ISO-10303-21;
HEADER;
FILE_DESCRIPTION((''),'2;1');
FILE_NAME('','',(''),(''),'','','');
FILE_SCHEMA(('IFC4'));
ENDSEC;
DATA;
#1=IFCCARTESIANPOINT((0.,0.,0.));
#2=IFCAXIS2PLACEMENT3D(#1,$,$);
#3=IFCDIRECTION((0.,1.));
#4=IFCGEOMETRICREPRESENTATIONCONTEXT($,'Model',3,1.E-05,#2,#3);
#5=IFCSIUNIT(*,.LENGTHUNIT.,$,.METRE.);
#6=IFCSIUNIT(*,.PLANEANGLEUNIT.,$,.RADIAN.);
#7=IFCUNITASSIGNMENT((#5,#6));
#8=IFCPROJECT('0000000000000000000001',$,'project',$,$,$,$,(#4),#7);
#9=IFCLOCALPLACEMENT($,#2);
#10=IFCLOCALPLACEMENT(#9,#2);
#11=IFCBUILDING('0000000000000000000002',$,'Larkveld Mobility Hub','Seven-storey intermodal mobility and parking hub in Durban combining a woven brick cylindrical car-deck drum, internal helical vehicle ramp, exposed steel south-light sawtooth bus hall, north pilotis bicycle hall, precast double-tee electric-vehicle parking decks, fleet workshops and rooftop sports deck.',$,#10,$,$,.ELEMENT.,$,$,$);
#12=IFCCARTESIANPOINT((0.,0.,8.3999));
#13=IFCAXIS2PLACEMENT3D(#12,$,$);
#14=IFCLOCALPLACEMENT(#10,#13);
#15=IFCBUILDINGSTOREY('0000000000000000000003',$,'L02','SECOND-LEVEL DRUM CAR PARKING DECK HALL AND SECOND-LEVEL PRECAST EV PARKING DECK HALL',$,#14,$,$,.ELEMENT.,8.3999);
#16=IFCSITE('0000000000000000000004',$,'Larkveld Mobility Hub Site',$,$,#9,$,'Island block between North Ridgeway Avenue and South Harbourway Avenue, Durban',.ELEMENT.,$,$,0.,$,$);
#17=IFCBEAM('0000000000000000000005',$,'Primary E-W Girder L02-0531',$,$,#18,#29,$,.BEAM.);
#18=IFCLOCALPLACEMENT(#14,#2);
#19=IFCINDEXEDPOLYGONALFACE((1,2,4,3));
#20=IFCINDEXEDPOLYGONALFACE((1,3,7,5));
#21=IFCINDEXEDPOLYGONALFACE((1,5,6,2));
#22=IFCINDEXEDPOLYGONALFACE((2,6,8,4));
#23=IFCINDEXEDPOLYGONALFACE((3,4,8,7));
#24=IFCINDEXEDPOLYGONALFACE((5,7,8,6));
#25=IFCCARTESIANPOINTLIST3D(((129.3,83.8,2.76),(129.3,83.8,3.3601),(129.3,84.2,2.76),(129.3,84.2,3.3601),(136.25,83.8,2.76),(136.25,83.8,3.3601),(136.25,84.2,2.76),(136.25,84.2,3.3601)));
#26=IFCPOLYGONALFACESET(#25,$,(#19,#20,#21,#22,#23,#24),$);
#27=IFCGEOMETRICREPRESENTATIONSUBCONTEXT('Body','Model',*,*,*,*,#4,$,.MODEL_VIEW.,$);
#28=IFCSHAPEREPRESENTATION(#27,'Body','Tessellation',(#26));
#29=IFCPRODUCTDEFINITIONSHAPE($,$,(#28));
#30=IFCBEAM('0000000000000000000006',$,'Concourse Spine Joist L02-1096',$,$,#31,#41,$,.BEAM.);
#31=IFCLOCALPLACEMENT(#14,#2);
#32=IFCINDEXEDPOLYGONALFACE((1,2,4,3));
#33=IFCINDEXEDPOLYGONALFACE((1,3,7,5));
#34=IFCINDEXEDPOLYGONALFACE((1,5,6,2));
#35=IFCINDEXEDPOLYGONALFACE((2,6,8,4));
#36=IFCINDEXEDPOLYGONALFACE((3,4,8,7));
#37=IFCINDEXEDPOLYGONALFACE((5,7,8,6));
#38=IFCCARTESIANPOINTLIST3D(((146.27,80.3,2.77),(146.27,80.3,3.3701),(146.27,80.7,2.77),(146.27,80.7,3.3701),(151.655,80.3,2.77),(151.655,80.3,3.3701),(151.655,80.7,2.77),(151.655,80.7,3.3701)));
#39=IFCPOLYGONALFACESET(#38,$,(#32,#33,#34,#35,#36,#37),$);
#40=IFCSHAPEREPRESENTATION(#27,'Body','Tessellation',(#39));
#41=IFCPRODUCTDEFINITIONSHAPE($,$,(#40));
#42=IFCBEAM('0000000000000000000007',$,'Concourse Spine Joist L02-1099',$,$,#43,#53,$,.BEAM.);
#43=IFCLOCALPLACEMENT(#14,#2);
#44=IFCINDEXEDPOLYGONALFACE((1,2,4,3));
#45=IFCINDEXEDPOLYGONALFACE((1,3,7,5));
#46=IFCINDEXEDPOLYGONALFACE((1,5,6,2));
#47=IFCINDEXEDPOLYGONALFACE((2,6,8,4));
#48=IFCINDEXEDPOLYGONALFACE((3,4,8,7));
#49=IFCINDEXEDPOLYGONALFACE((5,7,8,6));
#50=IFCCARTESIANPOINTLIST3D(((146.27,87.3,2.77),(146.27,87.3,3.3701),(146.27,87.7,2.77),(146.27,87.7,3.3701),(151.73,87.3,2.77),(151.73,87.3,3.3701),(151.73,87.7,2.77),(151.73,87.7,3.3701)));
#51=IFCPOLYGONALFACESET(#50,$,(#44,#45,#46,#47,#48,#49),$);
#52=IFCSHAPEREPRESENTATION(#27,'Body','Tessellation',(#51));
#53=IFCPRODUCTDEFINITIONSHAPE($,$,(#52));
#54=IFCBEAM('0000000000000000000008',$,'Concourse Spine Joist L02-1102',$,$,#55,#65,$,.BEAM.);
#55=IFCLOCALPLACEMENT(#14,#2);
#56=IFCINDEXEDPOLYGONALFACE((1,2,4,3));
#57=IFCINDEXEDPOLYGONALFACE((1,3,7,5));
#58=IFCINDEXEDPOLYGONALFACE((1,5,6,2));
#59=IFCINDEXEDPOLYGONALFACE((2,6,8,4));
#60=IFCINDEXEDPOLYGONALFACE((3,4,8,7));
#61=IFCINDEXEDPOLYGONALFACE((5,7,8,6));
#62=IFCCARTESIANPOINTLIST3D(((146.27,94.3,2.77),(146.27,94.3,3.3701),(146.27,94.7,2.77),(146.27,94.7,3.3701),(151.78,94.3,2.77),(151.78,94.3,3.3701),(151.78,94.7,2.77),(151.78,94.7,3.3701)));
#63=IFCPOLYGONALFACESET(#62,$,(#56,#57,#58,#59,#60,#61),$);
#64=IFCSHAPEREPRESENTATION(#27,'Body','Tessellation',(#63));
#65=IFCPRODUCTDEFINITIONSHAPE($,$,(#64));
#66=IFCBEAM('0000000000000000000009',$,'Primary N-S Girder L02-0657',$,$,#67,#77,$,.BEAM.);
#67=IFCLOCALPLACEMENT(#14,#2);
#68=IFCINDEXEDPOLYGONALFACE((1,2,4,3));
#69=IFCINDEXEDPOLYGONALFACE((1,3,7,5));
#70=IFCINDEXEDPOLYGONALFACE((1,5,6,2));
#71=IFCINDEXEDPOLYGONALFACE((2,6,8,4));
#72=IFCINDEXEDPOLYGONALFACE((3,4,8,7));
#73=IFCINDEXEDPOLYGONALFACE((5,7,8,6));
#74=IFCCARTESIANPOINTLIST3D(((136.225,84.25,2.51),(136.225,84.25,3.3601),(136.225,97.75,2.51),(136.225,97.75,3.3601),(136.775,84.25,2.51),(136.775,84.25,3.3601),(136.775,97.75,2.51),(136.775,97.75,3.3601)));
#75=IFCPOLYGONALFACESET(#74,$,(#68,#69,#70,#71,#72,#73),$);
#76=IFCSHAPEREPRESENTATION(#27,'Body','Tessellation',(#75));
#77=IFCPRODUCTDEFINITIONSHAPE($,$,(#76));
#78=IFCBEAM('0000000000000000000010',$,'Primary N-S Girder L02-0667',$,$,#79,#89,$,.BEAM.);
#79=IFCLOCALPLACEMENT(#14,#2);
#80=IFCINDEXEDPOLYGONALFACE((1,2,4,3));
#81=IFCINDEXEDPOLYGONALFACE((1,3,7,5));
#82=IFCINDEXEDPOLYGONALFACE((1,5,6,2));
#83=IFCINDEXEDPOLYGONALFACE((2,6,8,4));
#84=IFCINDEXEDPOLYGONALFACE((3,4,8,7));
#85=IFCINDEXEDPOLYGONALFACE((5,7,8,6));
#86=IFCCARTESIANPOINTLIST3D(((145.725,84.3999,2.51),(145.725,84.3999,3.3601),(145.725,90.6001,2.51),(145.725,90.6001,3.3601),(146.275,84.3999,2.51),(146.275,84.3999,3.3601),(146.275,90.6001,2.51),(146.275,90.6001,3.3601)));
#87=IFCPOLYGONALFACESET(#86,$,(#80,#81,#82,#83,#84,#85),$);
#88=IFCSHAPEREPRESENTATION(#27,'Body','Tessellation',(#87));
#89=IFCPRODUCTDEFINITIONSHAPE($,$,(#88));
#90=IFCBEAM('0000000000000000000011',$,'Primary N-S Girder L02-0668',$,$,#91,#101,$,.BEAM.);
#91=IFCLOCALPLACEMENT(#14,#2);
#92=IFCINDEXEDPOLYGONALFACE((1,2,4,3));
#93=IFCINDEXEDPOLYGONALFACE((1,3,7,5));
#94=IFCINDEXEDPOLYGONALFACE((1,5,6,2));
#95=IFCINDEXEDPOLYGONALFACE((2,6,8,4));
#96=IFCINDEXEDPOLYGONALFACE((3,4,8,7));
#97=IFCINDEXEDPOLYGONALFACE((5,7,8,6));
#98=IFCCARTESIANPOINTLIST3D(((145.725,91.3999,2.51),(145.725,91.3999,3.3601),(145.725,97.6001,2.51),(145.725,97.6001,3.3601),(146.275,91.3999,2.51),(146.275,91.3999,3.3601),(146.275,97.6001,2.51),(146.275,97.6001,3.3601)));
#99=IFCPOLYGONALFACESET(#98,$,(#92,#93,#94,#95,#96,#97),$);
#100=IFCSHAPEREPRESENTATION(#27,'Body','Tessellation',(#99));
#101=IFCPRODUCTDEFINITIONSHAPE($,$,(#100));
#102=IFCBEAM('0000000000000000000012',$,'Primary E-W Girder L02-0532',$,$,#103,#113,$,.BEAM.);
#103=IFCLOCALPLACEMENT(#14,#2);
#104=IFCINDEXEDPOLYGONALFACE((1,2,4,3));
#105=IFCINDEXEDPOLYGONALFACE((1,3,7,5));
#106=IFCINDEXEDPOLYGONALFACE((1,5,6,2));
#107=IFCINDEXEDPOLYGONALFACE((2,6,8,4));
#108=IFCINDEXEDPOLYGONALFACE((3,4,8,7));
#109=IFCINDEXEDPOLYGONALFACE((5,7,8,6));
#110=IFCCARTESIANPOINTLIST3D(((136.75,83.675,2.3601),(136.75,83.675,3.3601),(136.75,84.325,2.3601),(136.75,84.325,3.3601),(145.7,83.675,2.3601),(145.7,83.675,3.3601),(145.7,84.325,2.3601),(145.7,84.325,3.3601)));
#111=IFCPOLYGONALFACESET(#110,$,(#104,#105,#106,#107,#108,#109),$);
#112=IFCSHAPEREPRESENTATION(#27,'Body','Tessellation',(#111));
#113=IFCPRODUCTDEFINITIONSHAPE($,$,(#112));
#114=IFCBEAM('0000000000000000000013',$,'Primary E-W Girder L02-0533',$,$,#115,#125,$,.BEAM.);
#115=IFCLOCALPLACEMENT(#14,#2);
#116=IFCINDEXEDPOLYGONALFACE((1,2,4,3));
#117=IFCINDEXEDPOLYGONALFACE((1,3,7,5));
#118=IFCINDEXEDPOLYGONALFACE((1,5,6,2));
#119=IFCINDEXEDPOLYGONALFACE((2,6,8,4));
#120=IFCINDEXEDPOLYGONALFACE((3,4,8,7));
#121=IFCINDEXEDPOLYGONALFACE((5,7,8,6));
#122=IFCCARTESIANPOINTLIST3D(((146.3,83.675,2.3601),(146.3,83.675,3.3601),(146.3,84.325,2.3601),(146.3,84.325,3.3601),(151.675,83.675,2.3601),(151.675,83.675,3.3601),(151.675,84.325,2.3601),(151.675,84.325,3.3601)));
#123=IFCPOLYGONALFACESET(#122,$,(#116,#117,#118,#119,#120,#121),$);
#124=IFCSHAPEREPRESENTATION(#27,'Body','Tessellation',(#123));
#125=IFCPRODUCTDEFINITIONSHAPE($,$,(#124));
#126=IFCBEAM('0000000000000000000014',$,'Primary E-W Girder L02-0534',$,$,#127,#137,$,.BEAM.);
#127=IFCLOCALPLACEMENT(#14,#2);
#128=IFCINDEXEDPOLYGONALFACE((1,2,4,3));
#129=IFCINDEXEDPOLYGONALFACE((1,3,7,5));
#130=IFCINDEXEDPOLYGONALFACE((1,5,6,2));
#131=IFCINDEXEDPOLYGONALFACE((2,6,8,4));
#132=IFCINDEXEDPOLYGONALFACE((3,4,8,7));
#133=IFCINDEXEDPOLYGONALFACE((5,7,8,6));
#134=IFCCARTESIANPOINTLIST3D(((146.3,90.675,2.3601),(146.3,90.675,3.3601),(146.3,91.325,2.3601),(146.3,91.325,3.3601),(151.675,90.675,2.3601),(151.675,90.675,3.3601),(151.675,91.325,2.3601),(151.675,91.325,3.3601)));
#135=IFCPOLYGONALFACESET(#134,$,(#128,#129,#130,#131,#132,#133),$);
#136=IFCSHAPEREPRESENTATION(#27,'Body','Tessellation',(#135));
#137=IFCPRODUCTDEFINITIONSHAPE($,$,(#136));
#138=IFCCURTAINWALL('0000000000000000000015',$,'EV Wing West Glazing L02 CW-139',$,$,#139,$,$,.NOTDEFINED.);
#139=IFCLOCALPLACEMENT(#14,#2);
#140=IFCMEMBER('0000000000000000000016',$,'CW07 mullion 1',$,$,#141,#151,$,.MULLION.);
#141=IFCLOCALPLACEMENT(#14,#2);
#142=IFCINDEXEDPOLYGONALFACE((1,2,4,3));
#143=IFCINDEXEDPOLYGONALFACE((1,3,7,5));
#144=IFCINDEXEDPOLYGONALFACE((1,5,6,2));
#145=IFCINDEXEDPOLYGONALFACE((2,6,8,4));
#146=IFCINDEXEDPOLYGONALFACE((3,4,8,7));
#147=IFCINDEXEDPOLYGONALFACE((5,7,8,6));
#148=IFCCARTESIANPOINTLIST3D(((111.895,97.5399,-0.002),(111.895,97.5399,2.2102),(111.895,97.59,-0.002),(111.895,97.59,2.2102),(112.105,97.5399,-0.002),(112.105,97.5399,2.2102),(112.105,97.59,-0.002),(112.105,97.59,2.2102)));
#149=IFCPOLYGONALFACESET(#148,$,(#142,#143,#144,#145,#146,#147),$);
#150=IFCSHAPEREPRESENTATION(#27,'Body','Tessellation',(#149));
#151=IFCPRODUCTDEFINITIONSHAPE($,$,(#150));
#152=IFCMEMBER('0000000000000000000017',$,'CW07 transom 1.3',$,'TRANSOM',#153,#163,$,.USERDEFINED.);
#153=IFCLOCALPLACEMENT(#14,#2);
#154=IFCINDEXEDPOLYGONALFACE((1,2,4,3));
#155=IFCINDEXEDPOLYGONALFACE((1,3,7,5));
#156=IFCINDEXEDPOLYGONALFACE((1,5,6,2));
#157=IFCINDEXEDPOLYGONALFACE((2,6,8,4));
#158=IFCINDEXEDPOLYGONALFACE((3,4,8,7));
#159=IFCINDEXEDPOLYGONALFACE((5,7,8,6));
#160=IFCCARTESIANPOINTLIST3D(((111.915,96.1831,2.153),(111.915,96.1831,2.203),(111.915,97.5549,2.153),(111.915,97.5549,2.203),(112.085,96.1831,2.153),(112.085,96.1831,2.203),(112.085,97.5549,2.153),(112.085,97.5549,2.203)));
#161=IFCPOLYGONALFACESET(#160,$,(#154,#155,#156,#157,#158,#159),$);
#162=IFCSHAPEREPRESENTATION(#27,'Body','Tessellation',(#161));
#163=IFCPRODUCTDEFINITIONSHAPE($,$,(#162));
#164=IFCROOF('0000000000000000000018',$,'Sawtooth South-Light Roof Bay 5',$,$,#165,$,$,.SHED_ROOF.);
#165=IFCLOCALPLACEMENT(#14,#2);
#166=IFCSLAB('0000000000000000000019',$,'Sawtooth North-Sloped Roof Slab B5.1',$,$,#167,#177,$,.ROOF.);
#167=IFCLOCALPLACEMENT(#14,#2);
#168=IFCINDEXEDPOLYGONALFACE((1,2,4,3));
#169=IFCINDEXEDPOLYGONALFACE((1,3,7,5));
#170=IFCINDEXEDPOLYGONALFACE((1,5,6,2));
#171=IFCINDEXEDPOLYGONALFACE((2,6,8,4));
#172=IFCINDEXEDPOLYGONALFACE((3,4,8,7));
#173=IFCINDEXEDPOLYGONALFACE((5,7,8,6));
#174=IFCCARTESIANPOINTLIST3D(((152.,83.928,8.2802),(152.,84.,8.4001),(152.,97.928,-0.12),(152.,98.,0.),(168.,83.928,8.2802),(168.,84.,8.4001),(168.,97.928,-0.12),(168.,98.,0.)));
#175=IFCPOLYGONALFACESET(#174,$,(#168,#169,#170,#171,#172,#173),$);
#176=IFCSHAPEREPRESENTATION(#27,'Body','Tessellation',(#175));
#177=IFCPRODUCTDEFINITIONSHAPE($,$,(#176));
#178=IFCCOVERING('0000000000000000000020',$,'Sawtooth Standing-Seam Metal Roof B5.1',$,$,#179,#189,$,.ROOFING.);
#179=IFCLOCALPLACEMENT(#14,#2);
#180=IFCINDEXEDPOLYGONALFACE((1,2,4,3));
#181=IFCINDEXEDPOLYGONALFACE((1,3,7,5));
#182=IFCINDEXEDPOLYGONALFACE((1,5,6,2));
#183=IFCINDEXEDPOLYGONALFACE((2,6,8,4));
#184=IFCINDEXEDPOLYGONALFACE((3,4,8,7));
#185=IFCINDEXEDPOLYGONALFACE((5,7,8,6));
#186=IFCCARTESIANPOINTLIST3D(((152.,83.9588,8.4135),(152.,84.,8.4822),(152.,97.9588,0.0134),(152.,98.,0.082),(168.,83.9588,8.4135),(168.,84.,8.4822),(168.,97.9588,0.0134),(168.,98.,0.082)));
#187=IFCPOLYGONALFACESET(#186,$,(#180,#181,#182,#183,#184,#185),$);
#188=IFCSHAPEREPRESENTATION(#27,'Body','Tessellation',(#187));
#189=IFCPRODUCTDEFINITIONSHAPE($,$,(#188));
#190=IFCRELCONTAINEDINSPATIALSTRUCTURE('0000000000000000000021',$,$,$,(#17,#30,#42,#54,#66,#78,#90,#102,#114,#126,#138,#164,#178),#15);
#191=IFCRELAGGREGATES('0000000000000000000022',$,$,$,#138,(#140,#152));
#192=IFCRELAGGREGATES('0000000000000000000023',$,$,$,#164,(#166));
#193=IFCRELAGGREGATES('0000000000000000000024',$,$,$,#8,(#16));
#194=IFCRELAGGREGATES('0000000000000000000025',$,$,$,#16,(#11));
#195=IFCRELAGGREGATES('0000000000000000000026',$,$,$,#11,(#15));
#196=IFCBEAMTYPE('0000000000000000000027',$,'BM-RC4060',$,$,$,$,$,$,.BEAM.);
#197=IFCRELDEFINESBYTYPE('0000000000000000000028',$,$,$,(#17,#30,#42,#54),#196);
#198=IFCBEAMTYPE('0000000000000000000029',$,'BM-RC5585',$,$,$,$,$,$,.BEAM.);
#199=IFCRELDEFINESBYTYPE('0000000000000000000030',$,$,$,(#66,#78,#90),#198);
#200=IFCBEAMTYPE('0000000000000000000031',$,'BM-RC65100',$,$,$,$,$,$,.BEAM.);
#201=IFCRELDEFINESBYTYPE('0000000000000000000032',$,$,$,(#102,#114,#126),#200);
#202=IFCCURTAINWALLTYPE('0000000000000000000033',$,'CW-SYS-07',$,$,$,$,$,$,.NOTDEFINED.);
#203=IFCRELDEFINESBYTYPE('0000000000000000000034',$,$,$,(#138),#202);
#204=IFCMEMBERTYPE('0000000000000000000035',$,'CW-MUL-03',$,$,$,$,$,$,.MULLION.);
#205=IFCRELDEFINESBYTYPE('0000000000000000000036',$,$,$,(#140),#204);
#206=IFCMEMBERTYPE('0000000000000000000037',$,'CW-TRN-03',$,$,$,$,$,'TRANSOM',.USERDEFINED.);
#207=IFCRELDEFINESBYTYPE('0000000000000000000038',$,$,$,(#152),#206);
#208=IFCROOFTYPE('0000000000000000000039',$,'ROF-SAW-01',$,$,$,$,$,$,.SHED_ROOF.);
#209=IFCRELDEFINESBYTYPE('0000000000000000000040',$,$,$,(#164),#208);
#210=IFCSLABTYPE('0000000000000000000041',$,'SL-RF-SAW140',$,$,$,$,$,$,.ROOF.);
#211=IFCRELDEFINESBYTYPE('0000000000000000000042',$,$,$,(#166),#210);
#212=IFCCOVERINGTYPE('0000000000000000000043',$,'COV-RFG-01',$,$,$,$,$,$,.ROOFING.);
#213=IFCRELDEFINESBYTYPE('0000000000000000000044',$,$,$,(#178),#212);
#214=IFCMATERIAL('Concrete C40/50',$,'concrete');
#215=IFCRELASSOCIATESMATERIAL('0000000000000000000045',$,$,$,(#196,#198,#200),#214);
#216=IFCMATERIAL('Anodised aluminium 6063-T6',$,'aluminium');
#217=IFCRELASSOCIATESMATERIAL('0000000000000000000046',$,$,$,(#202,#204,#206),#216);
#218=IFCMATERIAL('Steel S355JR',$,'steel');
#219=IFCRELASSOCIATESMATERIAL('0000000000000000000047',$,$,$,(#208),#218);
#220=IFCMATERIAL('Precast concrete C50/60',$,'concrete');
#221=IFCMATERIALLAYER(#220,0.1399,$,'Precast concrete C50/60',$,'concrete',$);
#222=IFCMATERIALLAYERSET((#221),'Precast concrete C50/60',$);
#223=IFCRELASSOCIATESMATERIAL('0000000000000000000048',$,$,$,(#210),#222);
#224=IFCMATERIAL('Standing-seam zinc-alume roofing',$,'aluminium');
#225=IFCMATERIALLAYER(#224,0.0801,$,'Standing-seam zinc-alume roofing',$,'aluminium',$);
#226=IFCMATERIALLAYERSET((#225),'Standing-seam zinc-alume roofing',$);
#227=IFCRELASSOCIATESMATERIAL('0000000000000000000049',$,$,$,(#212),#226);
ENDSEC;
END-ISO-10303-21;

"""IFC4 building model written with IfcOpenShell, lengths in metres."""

from ifc_helpers import new_model, si_unit, direction, frame, origin, origin_2d, place, context, subcontext, project, spatial, polyline, rectangle, outline, extrude, material, layer, layer_set, material_profile, profile_set, type_object, element, aggregate, save


model = new_model("IFC4")

# Units and contexts
model_context = context("Model", 3, precision=1e-05, world=origin(), true_north=direction((0.0, 1.0)))
body_context = subcontext(model_context, "Body", "Model", "MODEL_VIEW")
ifc_project = project(units=[si_unit("LENGTHUNIT", "METRE"), si_unit("PLANEANGLEUNIT", "RADIAN")], contexts=[model_context])

# Site, building, storey
site_placement = place(None, origin())
site = spatial("IfcSite", under=ifc_project, at=site_placement, Name="Larkveld Mobility Hub Site", LongName="Island block between North Ridgeway Avenue and South Harbourway Avenue, Durban", CompositionType="ELEMENT", RefElevation=0.0)
building_placement = place(site_placement, origin())
building = spatial("IfcBuilding", under=site, at=building_placement, Name="Larkveld Mobility Hub", Description="Seven-storey intermodal mobility and parking hub in Durban combining a woven brick cylindrical car-deck drum, internal helical vehicle ramp, exposed steel south-light sawtooth bus hall, north pilotis bicycle hall, precast double-tee electric-vehicle parking decks, fleet workshops and rooftop sports deck.", CompositionType="ELEMENT")
storey_placement = place(building_placement, frame((0.0, 0.0, 8.3999)))
storey = spatial("IfcBuildingStorey", under=building, at=storey_placement, Name="L02", Description="SECOND-LEVEL DRUM CAR PARKING DECK HALL AND SECOND-LEVEL PRECAST EV PARKING DECK HALL", CompositionType="ELEMENT", Elevation=8.3999)

# Shared definitions
ifc_material_1 = material(Name="Precast concrete C50/60", Category="concrete")
ifc_material_2 = material(Name="Concrete C40/50", Category="concrete")

# Beams
ifc_material_profile_1 = material_profile(ifc_material_2, rectangle(XDim=0.3999, YDim=0.6001, at=origin_2d()), Name="RC BM 400x600")
ifc_profile_set_1 = profile_set([ifc_material_profile_1], Name="Concrete C40/50")
beam_type_1 = type_object("IfcBeamType", Name="BM-RC4060", PredefinedType="BEAM", material=ifc_profile_set_1)
beam_1_placement = place(storey_placement, frame((129.3, 84.0, 3.0601), z_axis=(1.0, 0.0, 0.0), x_axis=(0.0, 1.0, 0.0)))
element("IfcBeam", 1, at=beam_1_placement, inside=storey, type_object=beam_type_1, Name="Primary E-W Girder L02-0531", PredefinedType="BEAM", context=body_context, shape_type="SweptSolid", body=[
    extrude(rectangle(XDim=0.3999, YDim=0.6001, at=origin_2d()), origin(), (0.0, 0.0, 1.0), 6.95),
])
beam_2_placement = place(storey_placement, frame((146.27, 80.5, 3.0701), z_axis=(1.0, 0.0, 0.0), x_axis=(0.0, 1.0, 0.0)))
element("IfcBeam", 2, at=beam_2_placement, inside=storey, type_object=beam_type_1, Name="Concourse Spine Joist L02-1096", PredefinedType="BEAM", context=body_context, shape_type="SweptSolid", body=[
    extrude(rectangle(XDim=0.3999, YDim=0.6001, at=origin_2d()), origin(), (0.0, 0.0, 1.0), 5.385),
])
beam_3_placement = place(storey_placement, frame((146.27, 87.5, 3.0701), z_axis=(1.0, 0.0, 0.0), x_axis=(0.0, 1.0, 0.0)))
element("IfcBeam", 3, at=beam_3_placement, inside=storey, type_object=beam_type_1, Name="Concourse Spine Joist L02-1099", PredefinedType="BEAM", context=body_context, shape_type="SweptSolid", body=[
    extrude(rectangle(XDim=0.3999, YDim=0.6001, at=origin_2d()), origin(), (0.0, 0.0, 1.0), 5.46),
])
beam_4_placement = place(storey_placement, frame((146.27, 94.5, 3.0701), z_axis=(1.0, 0.0, 0.0), x_axis=(0.0, 1.0, 0.0)))
element("IfcBeam", 4, at=beam_4_placement, inside=storey, type_object=beam_type_1, Name="Concourse Spine Joist L02-1102", PredefinedType="BEAM", context=body_context, shape_type="SweptSolid", body=[
    extrude(rectangle(XDim=0.3999, YDim=0.6001, at=origin_2d()), origin(), (0.0, 0.0, 1.0), 5.51),
])
ifc_material_profile_2 = material_profile(ifc_material_2, rectangle(XDim=0.55, YDim=0.8501, at=origin_2d()), Name="RC BM 550x850")
ifc_profile_set_2 = profile_set([ifc_material_profile_2], Name="Concrete C40/50")
beam_type_2 = type_object("IfcBeamType", Name="BM-RC5585", PredefinedType="BEAM", material=ifc_profile_set_2)
beam_5_placement = place(storey_placement, frame((136.5, 84.25, 2.9351), z_axis=(0.0, 1.0, 0.0), x_axis=(-1.0, 0.0, 0.0)))
element("IfcBeam", 5, at=beam_5_placement, inside=storey, type_object=beam_type_2, Name="Primary N-S Girder L02-0657", PredefinedType="BEAM", context=body_context, shape_type="SweptSolid", body=[
    extrude(rectangle(XDim=0.55, YDim=0.8501, at=origin_2d()), origin(), (0.0, 0.0, 1.0), 13.5),
])
for number, where, z_axis, x_axis, name in (
    (6, (146.0, 84.3999, 2.9351), (0.0, 1.0, 0.0), (-1.0, 0.0, 0.0), "Primary N-S Girder L02-0667"),
    (7, (146.0, 91.3999, 2.9351), (0.0, 1.0, 0.0), (-1.0, 0.0, 0.0), "Primary N-S Girder L02-0668"),
):
    element("IfcBeam", number, at=place(storey_placement, frame(where, z_axis=z_axis, x_axis=x_axis)), inside=storey, type_object=beam_type_2, Name=name, PredefinedType="BEAM", context=body_context, shape_type="SweptSolid", body=[
        extrude(rectangle(XDim=0.55, YDim=0.8501, at=origin_2d()), origin(), (0.0, 0.0, 1.0), 6.2002),
    ])
ifc_material_profile_3 = material_profile(ifc_material_2, rectangle(XDim=0.6499, YDim=1.0, at=origin_2d()), Name="RC BM 650x1000")
ifc_profile_set_3 = profile_set([ifc_material_profile_3], Name="Concrete C40/50")
beam_type_3 = type_object("IfcBeamType", Name="BM-RC65100", PredefinedType="BEAM", material=ifc_profile_set_3)
beam_6_placement = place(storey_placement, frame((136.75, 84.0, 2.8601), z_axis=(1.0, 0.0, 0.0), x_axis=(0.0, 1.0, 0.0)))
element("IfcBeam", 8, at=beam_6_placement, inside=storey, type_object=beam_type_3, Name="Primary E-W Girder L02-0532", PredefinedType="BEAM", context=body_context, shape_type="SweptSolid", body=[
    extrude(rectangle(XDim=0.6499, YDim=1.0, at=origin_2d()), origin(), (0.0, 0.0, 1.0), 8.95),
])
for number, where, z_axis, x_axis, name in (
    (9, (146.3, 84.0, 2.8601), (1.0, 0.0, 0.0), (0.0, 1.0, 0.0), "Primary E-W Girder L02-0533"),
    (10, (146.3, 91.0, 2.8601), (1.0, 0.0, 0.0), (0.0, 1.0, 0.0), "Primary E-W Girder L02-0534"),
):
    element("IfcBeam", number, at=place(storey_placement, frame(where, z_axis=z_axis, x_axis=x_axis)), inside=storey, type_object=beam_type_3, Name=name, PredefinedType="BEAM", context=body_context, shape_type="SweptSolid", body=[
        extrude(rectangle(XDim=0.6499, YDim=1.0, at=origin_2d()), origin(), (0.0, 0.0, 1.0), 5.375),
    ])

# Curtain wall, members
ifc_material_3 = material(Name="Anodised aluminium 6063-T6", Category="aluminium")
curtain_wall_type = type_object("IfcCurtainWallType", Name="CW-SYS-07", PredefinedType="NOTDEFINED", material=ifc_material_3)
curtain_wall_placement = place(storey_placement, origin())
curtain_wall = element("IfcCurtainWall", 11, at=curtain_wall_placement, inside=storey, type_object=curtain_wall_type, Name="EV Wing West Glazing L02 CW-139", PredefinedType="NOTDEFINED")
ifc_material_profile_4 = material_profile(ifc_material_3, rectangle(XDim=0.05, YDim=0.21, at=origin_2d()), Name="ALU MULL 50x210")
ifc_profile_set_4 = profile_set([ifc_material_profile_4], Name="Anodised aluminium 6063-T6")
member_type_1 = type_object("IfcMemberType", Name="CW-MUL-03", PredefinedType="MULLION", material=ifc_profile_set_4)
member_1_placement = place(storey_placement, frame((112.0, 97.5649, -0.002), z_axis=(0.0, 0.0, 1.0), x_axis=(0.0, -1.0, 0.0)))
member_1 = element("IfcMember", 12, at=member_1_placement, type_object=member_type_1, Name="CW07 mullion 1", PredefinedType="MULLION", context=body_context, shape_type="SweptSolid", body=[
    extrude(rectangle(XDim=0.05, YDim=0.21, at=origin_2d()), origin(), (0.0, 0.0, 1.0), 2.2122),
])
ifc_material_profile_5 = material_profile(ifc_material_3, rectangle(XDim=0.1699, YDim=0.05, at=origin_2d()), Name="ALU TRAN 50x170")
ifc_profile_set_5 = profile_set([ifc_material_profile_5], Name="Anodised aluminium 6063-T6")
member_type_2 = type_object("IfcMemberType", Name="CW-TRN-03", ElementType="TRANSOM", PredefinedType="USERDEFINED", material=ifc_profile_set_5)
member_2_placement = place(storey_placement, frame((112.0, 97.5549, 2.178), z_axis=(0.0, -1.0, 0.0), x_axis=(1.0, 0.0, 0.0)))
member_2 = element("IfcMember", 13, at=member_2_placement, type_object=member_type_2, Name="CW07 transom 1.3", ObjectType="TRANSOM", PredefinedType="USERDEFINED", context=body_context, shape_type="SweptSolid", body=[
    extrude(rectangle(XDim=0.1699, YDim=0.05, at=origin_2d()), origin(), (0.0, 0.0, 1.0), 1.3718),
])
aggregate(curtain_wall, [member_1, member_2])

# Roof, slab
ifc_material_4 = material(Name="Steel S355JR", Category="steel")
roof_type = type_object("IfcRoofType", Name="ROF-SAW-01", PredefinedType="SHED_ROOF", material=ifc_material_4)
roof_placement = place(storey_placement, origin())
roof = element("IfcRoof", 14, at=roof_placement, inside=storey, type_object=roof_type, Name="Sawtooth South-Light Roof Bay 5", PredefinedType="SHED_ROOF")
ifc_layer_1 = layer(ifc_material_1, 0.1399, Name="Precast concrete C50/60", Category="concrete")
ifc_layer_set_1 = layer_set([ifc_layer_1], Name="Precast concrete C50/60")
slab_type = type_object("IfcSlabType", Name="SL-RF-SAW140", PredefinedType="ROOF", material=ifc_layer_set_1)
slab_placement = place(storey_placement, frame((152.0, 84.0, 8.4001), z_axis=(0.0, 0.514502, 0.857489), x_axis=(1.0, 0.0, 0.0)))
slab = element("IfcSlab", 15, at=slab_placement, type_object=slab_type, Name="Sawtooth North-Sloped Roof Slab B5.1", PredefinedType="ROOF", context=body_context, shape_type="SweptSolid", body=[
    extrude(outline(polyline([(0.0, 0.0), (16.0, 0.0), (16.0, 16.3267), (0.0, 16.3267), (0.0, 0.0)])), origin(), (0.0, 0.0, -1.0), 0.1399),
])
aggregate(roof, [slab])

# Covering
ifc_material_5 = material(Name="Standing-seam zinc-alume roofing", Category="aluminium")
ifc_layer_2 = layer(ifc_material_5, 0.0801, Name="Standing-seam zinc-alume roofing", Category="aluminium")
ifc_layer_set_2 = layer_set([ifc_layer_2], Name="Standing-seam zinc-alume roofing")
covering_type = type_object("IfcCoveringType", Name="COV-RFG-01", PredefinedType="ROOFING", material=ifc_layer_set_2)
covering_placement = place(storey_placement, frame((152.0, 84.0, 8.4822), z_axis=(0.0, 0.514502, 0.857489), x_axis=(1.0, 0.0, 0.0)))
element("IfcCovering", 16, at=covering_placement, inside=storey, type_object=covering_type, Name="Sawtooth Standing-Seam Metal Roof B5.1", PredefinedType="ROOFING", context=body_context, shape_type="SweptSolid", body=[
    extrude(outline(polyline([(0.0, 0.0), (16.0, 0.0), (16.0, 16.3267), (0.0, 16.3267), (0.0, 0.0)])), origin(), (0.0, 0.0, -1.0), 0.0801),
])

save(model, "model.ifc")
